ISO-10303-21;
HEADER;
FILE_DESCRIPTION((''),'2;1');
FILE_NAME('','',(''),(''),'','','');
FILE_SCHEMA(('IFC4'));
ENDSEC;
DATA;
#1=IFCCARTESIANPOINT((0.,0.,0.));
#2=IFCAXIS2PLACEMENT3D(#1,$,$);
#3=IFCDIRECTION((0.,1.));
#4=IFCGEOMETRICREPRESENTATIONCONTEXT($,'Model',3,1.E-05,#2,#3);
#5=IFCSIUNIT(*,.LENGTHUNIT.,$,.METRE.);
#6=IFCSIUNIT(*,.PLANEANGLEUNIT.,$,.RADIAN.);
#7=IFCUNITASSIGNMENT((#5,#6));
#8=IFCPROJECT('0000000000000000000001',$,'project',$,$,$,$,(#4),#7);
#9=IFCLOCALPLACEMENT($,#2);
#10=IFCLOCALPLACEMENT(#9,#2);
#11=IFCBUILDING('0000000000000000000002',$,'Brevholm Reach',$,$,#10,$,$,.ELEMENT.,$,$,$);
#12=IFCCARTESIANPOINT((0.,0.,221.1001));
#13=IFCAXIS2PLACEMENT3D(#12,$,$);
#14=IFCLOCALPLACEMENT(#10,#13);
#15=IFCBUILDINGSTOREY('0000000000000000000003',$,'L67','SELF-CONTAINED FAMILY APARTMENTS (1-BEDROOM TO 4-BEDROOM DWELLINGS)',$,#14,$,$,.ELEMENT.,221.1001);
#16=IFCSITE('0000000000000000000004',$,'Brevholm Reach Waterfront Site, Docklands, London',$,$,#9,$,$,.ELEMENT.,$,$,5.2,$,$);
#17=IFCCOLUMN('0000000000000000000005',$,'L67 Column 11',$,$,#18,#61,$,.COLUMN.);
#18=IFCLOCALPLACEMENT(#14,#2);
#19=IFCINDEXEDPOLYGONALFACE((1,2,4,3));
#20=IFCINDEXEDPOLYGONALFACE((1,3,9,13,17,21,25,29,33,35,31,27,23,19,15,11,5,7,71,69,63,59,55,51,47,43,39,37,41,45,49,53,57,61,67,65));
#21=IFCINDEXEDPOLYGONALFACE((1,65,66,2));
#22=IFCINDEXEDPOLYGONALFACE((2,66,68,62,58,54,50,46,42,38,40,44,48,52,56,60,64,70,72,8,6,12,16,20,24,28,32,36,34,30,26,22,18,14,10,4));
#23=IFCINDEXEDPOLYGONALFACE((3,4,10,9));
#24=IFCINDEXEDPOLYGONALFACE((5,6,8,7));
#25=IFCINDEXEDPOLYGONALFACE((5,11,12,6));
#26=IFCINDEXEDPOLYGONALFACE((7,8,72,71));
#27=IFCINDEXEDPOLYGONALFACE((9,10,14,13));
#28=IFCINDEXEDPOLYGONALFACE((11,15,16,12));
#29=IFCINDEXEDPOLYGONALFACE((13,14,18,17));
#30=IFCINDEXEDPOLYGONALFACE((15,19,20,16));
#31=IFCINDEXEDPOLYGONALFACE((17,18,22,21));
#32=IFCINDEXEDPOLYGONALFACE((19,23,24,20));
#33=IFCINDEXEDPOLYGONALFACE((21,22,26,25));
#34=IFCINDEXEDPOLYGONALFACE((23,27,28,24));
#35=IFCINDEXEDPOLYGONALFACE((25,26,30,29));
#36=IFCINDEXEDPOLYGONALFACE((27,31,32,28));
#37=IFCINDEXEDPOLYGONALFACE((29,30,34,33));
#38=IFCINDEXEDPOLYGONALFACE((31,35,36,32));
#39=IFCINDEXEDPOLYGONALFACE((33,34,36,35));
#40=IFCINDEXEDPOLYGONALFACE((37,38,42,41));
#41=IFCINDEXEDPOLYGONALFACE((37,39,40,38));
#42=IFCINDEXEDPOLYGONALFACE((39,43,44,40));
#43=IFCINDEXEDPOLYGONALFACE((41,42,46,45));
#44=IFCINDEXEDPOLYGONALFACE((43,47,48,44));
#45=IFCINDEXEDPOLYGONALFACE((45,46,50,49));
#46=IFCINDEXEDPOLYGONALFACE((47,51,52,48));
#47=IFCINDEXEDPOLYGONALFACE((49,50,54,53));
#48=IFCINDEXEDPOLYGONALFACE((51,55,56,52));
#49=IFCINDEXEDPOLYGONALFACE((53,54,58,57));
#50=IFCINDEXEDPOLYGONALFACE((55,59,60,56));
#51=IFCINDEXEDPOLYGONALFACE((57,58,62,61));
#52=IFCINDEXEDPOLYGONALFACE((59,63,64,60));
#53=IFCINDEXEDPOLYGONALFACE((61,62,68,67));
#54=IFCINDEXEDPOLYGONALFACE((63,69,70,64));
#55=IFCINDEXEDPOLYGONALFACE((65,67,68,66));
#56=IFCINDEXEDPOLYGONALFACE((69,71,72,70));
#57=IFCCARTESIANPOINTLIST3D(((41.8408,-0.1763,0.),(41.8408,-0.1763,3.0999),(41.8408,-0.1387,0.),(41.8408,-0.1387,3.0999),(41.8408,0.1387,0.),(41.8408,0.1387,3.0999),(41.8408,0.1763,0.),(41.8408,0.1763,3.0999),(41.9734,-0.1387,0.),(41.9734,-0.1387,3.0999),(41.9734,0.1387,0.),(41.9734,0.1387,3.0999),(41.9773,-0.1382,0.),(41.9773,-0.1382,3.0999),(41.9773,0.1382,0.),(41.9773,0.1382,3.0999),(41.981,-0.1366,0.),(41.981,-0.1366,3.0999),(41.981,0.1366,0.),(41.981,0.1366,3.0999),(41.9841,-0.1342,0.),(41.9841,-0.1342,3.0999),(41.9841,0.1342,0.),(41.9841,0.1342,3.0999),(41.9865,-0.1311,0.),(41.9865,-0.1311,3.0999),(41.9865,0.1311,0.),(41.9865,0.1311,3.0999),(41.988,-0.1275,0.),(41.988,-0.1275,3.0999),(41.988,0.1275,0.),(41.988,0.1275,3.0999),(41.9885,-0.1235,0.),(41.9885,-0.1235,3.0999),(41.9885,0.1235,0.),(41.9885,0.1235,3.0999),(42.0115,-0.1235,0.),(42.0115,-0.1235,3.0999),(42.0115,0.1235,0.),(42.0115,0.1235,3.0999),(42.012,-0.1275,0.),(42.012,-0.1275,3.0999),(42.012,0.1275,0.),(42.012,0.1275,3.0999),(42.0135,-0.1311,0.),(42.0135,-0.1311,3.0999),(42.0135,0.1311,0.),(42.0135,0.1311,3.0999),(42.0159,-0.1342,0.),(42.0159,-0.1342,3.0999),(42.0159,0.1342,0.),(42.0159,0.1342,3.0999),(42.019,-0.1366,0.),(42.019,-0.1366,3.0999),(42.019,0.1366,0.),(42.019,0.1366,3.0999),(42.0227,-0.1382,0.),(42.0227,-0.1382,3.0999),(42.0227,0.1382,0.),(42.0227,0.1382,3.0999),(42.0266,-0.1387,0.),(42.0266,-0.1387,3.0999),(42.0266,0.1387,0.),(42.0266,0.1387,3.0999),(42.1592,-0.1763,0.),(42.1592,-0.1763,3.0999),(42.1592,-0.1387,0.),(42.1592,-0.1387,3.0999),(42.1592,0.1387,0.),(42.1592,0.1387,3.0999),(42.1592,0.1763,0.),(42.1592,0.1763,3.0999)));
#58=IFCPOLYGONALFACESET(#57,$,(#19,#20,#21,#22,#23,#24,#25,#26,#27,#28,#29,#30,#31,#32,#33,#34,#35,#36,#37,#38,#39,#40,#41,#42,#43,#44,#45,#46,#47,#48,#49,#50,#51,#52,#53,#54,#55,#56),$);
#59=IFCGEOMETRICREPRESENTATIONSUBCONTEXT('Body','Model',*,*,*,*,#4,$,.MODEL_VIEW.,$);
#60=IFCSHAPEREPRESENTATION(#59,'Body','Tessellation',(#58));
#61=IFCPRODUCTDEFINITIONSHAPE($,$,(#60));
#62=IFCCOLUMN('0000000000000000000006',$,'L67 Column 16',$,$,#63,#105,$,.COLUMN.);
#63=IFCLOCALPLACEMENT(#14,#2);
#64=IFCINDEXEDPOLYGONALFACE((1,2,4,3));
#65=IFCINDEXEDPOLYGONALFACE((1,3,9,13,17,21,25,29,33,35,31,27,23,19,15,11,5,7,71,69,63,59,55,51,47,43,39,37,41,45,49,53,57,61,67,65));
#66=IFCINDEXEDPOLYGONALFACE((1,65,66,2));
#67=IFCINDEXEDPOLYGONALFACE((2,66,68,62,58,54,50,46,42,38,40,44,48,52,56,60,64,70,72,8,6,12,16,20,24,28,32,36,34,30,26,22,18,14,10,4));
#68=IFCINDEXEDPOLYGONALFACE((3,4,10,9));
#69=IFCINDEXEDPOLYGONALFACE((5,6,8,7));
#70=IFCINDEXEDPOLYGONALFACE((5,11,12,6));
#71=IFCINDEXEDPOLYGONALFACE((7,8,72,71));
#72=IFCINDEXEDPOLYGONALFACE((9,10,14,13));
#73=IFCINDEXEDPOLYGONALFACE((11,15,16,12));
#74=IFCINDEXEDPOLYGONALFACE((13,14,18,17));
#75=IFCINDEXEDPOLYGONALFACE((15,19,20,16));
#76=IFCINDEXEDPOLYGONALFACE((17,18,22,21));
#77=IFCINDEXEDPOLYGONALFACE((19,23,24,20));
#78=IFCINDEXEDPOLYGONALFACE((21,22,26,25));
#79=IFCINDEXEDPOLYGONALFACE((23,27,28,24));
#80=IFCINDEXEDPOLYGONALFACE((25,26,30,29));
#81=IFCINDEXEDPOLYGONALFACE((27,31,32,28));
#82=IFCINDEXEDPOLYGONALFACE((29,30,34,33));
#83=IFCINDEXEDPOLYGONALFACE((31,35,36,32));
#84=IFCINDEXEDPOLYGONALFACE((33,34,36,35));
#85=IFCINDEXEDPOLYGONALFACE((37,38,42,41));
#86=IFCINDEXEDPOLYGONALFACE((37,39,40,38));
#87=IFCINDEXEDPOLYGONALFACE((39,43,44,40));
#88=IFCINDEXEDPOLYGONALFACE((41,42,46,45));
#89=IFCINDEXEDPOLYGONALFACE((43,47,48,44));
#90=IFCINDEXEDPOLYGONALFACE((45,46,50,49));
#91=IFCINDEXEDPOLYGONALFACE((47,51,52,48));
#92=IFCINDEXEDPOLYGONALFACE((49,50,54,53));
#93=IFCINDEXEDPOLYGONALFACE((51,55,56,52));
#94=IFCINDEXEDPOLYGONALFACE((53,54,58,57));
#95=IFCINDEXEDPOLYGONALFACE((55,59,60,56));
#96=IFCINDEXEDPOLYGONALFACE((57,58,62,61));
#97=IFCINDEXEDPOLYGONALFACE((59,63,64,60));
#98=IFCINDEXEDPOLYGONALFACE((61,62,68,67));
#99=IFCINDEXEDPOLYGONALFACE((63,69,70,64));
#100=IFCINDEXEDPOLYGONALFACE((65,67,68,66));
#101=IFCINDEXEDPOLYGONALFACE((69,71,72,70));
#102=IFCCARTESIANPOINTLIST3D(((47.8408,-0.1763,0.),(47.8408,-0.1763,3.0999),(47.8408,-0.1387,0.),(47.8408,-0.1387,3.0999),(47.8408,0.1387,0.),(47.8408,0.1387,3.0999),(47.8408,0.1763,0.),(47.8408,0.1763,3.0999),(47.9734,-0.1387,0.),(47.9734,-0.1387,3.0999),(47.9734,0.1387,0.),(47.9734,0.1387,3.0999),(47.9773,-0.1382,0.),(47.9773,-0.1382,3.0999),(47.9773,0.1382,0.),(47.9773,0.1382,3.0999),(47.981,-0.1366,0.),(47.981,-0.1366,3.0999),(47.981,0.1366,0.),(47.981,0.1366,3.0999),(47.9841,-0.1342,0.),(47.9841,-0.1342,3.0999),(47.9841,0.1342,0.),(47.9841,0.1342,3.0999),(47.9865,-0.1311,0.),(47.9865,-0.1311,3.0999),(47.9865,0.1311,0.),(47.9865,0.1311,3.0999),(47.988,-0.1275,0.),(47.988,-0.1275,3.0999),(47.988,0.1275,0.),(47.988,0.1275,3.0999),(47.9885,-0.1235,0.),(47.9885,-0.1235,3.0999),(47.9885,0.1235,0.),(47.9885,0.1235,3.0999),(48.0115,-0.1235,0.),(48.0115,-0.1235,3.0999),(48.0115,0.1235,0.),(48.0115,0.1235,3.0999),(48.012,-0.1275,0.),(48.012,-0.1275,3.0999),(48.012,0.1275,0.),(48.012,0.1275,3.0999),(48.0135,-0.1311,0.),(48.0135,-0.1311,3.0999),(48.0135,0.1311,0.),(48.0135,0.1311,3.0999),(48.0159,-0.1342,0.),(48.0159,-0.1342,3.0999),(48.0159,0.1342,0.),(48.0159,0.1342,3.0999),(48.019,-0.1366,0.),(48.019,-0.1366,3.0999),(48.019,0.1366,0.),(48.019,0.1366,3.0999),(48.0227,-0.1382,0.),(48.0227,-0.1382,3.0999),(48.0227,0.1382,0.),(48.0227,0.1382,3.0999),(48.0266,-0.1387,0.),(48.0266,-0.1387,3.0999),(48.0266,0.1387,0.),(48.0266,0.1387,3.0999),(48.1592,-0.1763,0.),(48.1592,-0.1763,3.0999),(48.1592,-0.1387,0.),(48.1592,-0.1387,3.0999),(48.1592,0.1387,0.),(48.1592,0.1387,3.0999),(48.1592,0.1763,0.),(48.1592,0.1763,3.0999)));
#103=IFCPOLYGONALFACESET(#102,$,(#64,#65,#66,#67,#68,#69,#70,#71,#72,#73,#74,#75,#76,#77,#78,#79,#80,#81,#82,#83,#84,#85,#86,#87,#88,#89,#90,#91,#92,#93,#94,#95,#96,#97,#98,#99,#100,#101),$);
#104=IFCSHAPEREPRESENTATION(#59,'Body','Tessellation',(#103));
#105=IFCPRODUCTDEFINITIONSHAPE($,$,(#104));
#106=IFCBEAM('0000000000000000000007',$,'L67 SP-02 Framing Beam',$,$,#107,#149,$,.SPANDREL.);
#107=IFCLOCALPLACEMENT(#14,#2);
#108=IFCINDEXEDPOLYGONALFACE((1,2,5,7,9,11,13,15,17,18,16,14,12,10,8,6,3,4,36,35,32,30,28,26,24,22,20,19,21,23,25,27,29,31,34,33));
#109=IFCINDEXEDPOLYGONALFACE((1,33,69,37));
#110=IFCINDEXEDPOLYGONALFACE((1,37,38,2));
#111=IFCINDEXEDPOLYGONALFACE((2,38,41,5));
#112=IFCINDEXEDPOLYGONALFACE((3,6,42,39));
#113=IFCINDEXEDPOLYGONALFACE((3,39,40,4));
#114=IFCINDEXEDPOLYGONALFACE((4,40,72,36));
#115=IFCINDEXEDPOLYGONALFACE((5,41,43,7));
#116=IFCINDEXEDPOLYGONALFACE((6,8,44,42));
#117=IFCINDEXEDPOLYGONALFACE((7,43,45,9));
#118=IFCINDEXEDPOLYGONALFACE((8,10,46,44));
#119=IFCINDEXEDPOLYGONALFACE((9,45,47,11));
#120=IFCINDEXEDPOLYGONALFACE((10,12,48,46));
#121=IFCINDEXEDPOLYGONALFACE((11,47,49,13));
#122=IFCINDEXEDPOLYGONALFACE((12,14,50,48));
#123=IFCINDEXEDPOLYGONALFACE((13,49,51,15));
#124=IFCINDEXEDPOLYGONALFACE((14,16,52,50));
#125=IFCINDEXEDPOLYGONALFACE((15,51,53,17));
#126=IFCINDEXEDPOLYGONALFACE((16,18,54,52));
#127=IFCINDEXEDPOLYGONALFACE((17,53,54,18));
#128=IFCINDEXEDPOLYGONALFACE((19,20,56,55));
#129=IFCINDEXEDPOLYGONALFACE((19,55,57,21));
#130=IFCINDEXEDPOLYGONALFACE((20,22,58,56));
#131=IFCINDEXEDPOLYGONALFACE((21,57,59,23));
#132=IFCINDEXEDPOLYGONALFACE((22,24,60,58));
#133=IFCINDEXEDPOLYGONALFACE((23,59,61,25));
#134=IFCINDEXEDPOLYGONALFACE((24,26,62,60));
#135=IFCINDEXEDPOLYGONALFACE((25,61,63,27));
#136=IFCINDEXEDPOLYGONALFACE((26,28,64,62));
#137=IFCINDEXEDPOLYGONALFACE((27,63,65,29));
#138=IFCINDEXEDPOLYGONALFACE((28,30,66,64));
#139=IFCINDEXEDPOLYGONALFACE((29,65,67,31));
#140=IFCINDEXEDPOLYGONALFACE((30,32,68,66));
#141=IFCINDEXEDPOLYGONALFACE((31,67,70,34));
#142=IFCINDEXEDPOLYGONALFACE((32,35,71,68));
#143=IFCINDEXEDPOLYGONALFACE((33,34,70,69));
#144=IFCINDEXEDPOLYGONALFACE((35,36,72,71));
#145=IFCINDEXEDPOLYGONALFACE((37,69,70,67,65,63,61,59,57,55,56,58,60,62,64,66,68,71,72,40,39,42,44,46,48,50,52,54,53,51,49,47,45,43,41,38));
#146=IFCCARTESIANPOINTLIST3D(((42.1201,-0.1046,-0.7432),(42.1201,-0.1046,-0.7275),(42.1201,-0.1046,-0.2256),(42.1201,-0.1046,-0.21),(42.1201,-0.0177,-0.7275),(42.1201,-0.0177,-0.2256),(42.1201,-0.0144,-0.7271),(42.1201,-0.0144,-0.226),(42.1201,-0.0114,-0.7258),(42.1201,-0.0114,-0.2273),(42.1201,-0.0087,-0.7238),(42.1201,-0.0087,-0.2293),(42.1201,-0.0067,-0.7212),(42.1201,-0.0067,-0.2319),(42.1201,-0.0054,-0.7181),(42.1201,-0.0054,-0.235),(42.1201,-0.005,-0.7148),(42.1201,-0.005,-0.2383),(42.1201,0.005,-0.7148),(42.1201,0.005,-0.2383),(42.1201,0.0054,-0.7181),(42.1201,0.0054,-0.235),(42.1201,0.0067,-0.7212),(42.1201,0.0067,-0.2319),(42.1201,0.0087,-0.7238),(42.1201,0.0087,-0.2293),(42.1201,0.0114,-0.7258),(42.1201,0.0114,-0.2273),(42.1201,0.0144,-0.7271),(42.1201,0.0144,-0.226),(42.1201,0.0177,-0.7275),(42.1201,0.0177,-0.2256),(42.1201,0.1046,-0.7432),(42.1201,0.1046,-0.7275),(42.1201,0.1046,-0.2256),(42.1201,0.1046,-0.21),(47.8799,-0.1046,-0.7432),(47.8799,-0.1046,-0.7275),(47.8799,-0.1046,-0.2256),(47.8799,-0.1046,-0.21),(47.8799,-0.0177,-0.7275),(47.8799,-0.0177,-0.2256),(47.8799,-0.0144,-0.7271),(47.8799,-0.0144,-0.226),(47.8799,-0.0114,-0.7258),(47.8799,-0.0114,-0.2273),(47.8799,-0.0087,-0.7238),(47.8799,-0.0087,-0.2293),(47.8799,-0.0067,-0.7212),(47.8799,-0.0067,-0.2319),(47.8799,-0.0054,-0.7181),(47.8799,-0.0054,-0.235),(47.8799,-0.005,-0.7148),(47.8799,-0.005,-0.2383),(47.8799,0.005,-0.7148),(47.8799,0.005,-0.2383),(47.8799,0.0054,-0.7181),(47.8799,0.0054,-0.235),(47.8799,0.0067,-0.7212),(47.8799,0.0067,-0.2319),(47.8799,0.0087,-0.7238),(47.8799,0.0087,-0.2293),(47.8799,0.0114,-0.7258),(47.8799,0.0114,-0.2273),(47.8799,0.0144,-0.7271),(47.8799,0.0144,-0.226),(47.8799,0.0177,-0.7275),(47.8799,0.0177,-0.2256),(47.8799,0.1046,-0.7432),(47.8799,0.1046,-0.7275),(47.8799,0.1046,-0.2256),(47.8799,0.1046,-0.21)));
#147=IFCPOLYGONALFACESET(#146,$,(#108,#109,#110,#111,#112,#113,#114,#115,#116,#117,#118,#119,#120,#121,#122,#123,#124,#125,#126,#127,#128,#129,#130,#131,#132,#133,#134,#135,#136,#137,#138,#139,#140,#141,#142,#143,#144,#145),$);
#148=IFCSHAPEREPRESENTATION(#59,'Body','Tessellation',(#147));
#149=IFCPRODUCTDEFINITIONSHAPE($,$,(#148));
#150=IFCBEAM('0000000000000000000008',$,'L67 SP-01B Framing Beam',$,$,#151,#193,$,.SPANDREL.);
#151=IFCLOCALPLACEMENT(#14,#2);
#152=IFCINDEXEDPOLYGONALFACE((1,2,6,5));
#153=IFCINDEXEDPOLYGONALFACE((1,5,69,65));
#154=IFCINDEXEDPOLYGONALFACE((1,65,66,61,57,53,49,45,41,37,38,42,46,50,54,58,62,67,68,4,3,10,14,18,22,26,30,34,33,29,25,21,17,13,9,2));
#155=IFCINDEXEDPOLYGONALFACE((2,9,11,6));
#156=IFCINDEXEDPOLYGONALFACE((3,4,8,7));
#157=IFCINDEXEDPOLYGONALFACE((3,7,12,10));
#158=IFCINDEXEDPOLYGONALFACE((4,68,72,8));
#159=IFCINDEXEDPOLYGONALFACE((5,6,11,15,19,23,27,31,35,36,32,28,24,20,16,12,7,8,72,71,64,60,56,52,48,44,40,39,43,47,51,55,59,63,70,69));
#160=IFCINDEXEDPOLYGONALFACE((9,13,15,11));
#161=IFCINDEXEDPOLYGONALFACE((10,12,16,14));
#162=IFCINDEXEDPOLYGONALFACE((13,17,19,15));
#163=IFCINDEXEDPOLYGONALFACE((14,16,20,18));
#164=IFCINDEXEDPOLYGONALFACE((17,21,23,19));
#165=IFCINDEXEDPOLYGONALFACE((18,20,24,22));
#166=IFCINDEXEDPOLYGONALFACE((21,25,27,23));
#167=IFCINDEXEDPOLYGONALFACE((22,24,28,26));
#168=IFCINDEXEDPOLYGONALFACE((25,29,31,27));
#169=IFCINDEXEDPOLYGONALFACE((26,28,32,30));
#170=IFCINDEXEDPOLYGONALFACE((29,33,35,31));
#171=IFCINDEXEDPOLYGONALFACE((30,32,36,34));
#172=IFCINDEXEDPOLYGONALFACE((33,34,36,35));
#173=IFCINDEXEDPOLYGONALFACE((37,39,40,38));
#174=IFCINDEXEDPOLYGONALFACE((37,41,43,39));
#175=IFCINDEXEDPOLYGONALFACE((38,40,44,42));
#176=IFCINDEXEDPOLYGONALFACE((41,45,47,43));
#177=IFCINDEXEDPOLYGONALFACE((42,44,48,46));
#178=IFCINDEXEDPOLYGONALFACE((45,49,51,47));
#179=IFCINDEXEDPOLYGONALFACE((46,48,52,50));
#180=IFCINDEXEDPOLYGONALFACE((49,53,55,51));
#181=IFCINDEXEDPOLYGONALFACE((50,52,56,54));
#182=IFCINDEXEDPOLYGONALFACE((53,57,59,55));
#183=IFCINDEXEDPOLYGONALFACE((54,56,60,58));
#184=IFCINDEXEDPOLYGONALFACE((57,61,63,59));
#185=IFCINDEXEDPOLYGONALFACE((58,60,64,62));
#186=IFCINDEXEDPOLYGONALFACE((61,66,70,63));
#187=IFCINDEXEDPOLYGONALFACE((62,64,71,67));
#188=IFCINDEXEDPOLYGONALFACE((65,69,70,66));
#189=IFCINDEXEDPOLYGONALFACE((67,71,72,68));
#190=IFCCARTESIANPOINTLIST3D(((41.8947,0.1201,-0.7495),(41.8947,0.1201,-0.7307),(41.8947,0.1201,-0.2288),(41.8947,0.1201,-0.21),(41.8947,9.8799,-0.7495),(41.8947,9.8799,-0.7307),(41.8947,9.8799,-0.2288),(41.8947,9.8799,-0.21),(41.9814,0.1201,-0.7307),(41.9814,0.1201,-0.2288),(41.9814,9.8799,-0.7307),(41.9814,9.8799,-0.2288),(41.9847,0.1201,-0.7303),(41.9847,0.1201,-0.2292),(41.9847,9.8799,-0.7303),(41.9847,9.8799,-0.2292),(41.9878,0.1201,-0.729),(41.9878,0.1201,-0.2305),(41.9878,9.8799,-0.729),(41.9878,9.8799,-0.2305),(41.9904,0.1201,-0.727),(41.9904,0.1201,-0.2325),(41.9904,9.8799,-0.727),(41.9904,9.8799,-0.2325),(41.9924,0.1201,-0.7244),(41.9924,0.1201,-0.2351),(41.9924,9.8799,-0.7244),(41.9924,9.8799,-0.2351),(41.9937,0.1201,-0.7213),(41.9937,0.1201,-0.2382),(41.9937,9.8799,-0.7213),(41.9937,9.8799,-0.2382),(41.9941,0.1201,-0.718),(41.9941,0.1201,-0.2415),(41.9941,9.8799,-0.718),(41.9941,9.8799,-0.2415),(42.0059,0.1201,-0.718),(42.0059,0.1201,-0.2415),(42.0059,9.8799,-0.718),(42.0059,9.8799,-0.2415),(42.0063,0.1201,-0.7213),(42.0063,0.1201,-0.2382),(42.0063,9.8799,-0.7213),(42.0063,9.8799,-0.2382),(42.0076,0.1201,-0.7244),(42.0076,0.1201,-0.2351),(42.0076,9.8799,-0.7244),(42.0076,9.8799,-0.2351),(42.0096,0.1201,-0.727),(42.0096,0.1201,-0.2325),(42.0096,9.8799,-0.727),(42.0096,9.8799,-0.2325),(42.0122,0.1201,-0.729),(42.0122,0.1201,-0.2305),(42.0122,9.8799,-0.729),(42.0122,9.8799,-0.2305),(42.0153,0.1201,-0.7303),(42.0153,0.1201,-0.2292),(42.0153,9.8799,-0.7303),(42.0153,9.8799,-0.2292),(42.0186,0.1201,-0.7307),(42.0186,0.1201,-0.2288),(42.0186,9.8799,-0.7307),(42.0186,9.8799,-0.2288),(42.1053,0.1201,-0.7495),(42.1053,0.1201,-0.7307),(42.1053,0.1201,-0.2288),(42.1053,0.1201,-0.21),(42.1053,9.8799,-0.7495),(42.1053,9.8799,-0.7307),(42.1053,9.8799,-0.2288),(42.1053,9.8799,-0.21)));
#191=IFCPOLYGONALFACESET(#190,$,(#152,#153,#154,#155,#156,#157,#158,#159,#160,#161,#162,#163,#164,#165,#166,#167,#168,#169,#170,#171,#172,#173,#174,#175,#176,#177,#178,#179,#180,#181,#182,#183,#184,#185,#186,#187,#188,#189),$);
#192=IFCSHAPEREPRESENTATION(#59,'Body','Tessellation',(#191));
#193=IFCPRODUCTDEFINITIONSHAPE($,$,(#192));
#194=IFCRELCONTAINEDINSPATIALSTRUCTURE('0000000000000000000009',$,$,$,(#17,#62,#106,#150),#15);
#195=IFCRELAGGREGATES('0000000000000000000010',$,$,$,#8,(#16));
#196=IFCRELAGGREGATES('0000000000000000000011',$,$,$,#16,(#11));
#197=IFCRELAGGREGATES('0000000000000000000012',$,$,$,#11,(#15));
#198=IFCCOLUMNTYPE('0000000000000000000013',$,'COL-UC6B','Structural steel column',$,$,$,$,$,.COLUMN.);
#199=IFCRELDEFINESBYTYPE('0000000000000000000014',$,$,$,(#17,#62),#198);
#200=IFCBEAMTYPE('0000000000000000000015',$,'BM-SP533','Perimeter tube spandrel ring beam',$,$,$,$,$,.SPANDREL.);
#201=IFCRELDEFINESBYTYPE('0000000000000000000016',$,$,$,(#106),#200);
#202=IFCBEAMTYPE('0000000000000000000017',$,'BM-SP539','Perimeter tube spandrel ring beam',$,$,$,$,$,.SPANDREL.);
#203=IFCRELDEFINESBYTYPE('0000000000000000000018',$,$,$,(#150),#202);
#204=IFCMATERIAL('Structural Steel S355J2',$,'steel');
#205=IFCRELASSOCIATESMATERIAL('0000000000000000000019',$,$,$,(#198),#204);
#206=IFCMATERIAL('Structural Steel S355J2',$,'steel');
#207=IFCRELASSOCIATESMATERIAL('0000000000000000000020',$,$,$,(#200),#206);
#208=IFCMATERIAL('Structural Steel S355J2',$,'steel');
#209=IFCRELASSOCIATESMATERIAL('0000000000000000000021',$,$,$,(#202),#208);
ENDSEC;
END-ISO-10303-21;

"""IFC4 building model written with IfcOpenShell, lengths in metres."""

from ifc_helpers import new_model, si_unit, direction, frame, origin, origin_2d, place, context, subcontext, project, spatial, i_section, extrude, material, material_profile, profile_set, type_object, element, save


model = new_model("IFC4")

# Units and contexts
model_context = context("Model", 3, precision=1e-05, world=origin(), true_north=direction((0.0, 1.0)))
body_context = subcontext(model_context, "Body", "Model", "MODEL_VIEW")
ifc_project = project(units=[si_unit("LENGTHUNIT", "METRE"), si_unit("PLANEANGLEUNIT", "RADIAN")], contexts=[model_context])

# Site, building, storey
site_placement = place(None, origin())
site = spatial("IfcSite", under=ifc_project, at=site_placement, Name="Brevholm Reach Waterfront Site, Docklands, London", CompositionType="ELEMENT", RefElevation=5.2)
building_placement = place(site_placement, origin())
building = spatial("IfcBuilding", under=site, at=building_placement, Name="Brevholm Reach", CompositionType="ELEMENT")
storey_placement = place(building_placement, frame((0.0, 0.0, 221.1001)))
storey = spatial("IfcBuildingStorey", under=building, at=storey_placement, Name="L67", Description="SELF-CONTAINED FAMILY APARTMENTS (1-BEDROOM TO 4-BEDROOM DWELLINGS)", CompositionType="ELEMENT", Elevation=221.1001)

# Columns
ifc_material_1 = material(Name="Structural Steel S355J2", Category="steel")
ifc_material_profile_1 = material_profile(ifc_material_1, i_section(OverallWidth=0.3184, OverallDepth=0.3525, WebThickness=0.0229, FlangeThickness=0.0376, FilletRadius=0.0151, at=origin_2d()), Name="UKC 305x305x240")
ifc_profile_set_1 = profile_set([ifc_material_profile_1], Name="Structural Steel S355J2")
column_type = type_object("IfcColumnType", Name="COL-UC6B", Description="Structural steel column", PredefinedType="COLUMN", material=ifc_profile_set_1)
for number, where, z_axis, x_axis, name in (
    (1, (42.0, 0.0, 0.0), (0.0, 0.0, 1.0), (1.0, 0.0, 0.0), "L67 Column 11"),
    (2, (48.0, 0.0, 0.0), (0.0, 0.0, 1.0), (1.0, 0.0, 0.0), "L67 Column 16"),
):
    element("IfcColumn", number, at=place(storey_placement, frame(where, z_axis=z_axis, x_axis=x_axis)), inside=storey, type_object=column_type, Name=name, PredefinedType="COLUMN", context=body_context, shape_type="SweptSolid", body=[
        extrude(i_section(OverallWidth=0.3184, OverallDepth=0.3525, WebThickness=0.0229, FlangeThickness=0.0376, FilletRadius=0.0151, at=origin_2d()), origin(), (0.0, 0.0, 1.0), 3.0999),
    ])

# Beams
ifc_material_2 = material(Name="Structural Steel S355J2", Category="steel")
ifc_material_profile_2 = material_profile(ifc_material_2, i_section(OverallWidth=0.2092, OverallDepth=0.5332, WebThickness=0.01, FlangeThickness=0.0156, FilletRadius=0.0127, at=origin_2d()), Name="UKB 533x210x92")
ifc_profile_set_2 = profile_set([ifc_material_profile_2], Name="Structural Steel S355J2")
beam_type_1 = type_object("IfcBeamType", Name="BM-SP533", Description="Perimeter tube spandrel ring beam", PredefinedType="SPANDREL", material=ifc_profile_set_2)
beam_placement = place(storey_placement, frame((42.1201, 0.0, -0.4766), z_axis=(1.0, 0.0, 0.0), x_axis=(0.0, 1.0, 0.0)))
element("IfcBeam", 3, at=beam_placement, inside=storey, type_object=beam_type_1, Name="L67 SP-02 Framing Beam", PredefinedType="SPANDREL", context=body_context, shape_type="SweptSolid", body=[
    extrude(i_section(OverallWidth=0.2092, OverallDepth=0.5332, WebThickness=0.01, FlangeThickness=0.0156, FilletRadius=0.0127, at=origin_2d()), origin(), (0.0, 0.0, 1.0), 5.7598),
])
ifc_material_3 = material(Name="Structural Steel S355J2", Category="steel")
ifc_material_profile_3 = material_profile(ifc_material_3, i_section(OverallWidth=0.2107, OverallDepth=0.5396, WebThickness=0.0117, FlangeThickness=0.0188, FilletRadius=0.0127, at=origin_2d()), Name="UKB 533x210x109")
ifc_profile_set_3 = profile_set([ifc_material_profile_3], Name="Structural Steel S355J2")
beam_type_2 = type_object("IfcBeamType", Name="BM-SP539", Description="Perimeter tube spandrel ring beam", PredefinedType="SPANDREL", material=ifc_profile_set_3)
for number, where, z_axis, x_axis, name in (
    (4, (42.0, 0.1201, -0.4797), (0.0, 1.0, 0.0), (-1.0, 0.0, 0.0), "L67 SP-01B Framing Beam"),
):
    element("IfcBeam", number, at=place(storey_placement, frame(where, z_axis=z_axis, x_axis=x_axis)), inside=storey, type_object=beam_type_2, Name=name, PredefinedType="SPANDREL", context=body_context, shape_type="SweptSolid", body=[
        extrude(i_section(OverallWidth=0.2107, OverallDepth=0.5396, WebThickness=0.0117, FlangeThickness=0.0188, FilletRadius=0.0127, at=origin_2d()), origin(), (0.0, 0.0, 1.0), 9.7598),
    ])

save(model, "model.ifc")
